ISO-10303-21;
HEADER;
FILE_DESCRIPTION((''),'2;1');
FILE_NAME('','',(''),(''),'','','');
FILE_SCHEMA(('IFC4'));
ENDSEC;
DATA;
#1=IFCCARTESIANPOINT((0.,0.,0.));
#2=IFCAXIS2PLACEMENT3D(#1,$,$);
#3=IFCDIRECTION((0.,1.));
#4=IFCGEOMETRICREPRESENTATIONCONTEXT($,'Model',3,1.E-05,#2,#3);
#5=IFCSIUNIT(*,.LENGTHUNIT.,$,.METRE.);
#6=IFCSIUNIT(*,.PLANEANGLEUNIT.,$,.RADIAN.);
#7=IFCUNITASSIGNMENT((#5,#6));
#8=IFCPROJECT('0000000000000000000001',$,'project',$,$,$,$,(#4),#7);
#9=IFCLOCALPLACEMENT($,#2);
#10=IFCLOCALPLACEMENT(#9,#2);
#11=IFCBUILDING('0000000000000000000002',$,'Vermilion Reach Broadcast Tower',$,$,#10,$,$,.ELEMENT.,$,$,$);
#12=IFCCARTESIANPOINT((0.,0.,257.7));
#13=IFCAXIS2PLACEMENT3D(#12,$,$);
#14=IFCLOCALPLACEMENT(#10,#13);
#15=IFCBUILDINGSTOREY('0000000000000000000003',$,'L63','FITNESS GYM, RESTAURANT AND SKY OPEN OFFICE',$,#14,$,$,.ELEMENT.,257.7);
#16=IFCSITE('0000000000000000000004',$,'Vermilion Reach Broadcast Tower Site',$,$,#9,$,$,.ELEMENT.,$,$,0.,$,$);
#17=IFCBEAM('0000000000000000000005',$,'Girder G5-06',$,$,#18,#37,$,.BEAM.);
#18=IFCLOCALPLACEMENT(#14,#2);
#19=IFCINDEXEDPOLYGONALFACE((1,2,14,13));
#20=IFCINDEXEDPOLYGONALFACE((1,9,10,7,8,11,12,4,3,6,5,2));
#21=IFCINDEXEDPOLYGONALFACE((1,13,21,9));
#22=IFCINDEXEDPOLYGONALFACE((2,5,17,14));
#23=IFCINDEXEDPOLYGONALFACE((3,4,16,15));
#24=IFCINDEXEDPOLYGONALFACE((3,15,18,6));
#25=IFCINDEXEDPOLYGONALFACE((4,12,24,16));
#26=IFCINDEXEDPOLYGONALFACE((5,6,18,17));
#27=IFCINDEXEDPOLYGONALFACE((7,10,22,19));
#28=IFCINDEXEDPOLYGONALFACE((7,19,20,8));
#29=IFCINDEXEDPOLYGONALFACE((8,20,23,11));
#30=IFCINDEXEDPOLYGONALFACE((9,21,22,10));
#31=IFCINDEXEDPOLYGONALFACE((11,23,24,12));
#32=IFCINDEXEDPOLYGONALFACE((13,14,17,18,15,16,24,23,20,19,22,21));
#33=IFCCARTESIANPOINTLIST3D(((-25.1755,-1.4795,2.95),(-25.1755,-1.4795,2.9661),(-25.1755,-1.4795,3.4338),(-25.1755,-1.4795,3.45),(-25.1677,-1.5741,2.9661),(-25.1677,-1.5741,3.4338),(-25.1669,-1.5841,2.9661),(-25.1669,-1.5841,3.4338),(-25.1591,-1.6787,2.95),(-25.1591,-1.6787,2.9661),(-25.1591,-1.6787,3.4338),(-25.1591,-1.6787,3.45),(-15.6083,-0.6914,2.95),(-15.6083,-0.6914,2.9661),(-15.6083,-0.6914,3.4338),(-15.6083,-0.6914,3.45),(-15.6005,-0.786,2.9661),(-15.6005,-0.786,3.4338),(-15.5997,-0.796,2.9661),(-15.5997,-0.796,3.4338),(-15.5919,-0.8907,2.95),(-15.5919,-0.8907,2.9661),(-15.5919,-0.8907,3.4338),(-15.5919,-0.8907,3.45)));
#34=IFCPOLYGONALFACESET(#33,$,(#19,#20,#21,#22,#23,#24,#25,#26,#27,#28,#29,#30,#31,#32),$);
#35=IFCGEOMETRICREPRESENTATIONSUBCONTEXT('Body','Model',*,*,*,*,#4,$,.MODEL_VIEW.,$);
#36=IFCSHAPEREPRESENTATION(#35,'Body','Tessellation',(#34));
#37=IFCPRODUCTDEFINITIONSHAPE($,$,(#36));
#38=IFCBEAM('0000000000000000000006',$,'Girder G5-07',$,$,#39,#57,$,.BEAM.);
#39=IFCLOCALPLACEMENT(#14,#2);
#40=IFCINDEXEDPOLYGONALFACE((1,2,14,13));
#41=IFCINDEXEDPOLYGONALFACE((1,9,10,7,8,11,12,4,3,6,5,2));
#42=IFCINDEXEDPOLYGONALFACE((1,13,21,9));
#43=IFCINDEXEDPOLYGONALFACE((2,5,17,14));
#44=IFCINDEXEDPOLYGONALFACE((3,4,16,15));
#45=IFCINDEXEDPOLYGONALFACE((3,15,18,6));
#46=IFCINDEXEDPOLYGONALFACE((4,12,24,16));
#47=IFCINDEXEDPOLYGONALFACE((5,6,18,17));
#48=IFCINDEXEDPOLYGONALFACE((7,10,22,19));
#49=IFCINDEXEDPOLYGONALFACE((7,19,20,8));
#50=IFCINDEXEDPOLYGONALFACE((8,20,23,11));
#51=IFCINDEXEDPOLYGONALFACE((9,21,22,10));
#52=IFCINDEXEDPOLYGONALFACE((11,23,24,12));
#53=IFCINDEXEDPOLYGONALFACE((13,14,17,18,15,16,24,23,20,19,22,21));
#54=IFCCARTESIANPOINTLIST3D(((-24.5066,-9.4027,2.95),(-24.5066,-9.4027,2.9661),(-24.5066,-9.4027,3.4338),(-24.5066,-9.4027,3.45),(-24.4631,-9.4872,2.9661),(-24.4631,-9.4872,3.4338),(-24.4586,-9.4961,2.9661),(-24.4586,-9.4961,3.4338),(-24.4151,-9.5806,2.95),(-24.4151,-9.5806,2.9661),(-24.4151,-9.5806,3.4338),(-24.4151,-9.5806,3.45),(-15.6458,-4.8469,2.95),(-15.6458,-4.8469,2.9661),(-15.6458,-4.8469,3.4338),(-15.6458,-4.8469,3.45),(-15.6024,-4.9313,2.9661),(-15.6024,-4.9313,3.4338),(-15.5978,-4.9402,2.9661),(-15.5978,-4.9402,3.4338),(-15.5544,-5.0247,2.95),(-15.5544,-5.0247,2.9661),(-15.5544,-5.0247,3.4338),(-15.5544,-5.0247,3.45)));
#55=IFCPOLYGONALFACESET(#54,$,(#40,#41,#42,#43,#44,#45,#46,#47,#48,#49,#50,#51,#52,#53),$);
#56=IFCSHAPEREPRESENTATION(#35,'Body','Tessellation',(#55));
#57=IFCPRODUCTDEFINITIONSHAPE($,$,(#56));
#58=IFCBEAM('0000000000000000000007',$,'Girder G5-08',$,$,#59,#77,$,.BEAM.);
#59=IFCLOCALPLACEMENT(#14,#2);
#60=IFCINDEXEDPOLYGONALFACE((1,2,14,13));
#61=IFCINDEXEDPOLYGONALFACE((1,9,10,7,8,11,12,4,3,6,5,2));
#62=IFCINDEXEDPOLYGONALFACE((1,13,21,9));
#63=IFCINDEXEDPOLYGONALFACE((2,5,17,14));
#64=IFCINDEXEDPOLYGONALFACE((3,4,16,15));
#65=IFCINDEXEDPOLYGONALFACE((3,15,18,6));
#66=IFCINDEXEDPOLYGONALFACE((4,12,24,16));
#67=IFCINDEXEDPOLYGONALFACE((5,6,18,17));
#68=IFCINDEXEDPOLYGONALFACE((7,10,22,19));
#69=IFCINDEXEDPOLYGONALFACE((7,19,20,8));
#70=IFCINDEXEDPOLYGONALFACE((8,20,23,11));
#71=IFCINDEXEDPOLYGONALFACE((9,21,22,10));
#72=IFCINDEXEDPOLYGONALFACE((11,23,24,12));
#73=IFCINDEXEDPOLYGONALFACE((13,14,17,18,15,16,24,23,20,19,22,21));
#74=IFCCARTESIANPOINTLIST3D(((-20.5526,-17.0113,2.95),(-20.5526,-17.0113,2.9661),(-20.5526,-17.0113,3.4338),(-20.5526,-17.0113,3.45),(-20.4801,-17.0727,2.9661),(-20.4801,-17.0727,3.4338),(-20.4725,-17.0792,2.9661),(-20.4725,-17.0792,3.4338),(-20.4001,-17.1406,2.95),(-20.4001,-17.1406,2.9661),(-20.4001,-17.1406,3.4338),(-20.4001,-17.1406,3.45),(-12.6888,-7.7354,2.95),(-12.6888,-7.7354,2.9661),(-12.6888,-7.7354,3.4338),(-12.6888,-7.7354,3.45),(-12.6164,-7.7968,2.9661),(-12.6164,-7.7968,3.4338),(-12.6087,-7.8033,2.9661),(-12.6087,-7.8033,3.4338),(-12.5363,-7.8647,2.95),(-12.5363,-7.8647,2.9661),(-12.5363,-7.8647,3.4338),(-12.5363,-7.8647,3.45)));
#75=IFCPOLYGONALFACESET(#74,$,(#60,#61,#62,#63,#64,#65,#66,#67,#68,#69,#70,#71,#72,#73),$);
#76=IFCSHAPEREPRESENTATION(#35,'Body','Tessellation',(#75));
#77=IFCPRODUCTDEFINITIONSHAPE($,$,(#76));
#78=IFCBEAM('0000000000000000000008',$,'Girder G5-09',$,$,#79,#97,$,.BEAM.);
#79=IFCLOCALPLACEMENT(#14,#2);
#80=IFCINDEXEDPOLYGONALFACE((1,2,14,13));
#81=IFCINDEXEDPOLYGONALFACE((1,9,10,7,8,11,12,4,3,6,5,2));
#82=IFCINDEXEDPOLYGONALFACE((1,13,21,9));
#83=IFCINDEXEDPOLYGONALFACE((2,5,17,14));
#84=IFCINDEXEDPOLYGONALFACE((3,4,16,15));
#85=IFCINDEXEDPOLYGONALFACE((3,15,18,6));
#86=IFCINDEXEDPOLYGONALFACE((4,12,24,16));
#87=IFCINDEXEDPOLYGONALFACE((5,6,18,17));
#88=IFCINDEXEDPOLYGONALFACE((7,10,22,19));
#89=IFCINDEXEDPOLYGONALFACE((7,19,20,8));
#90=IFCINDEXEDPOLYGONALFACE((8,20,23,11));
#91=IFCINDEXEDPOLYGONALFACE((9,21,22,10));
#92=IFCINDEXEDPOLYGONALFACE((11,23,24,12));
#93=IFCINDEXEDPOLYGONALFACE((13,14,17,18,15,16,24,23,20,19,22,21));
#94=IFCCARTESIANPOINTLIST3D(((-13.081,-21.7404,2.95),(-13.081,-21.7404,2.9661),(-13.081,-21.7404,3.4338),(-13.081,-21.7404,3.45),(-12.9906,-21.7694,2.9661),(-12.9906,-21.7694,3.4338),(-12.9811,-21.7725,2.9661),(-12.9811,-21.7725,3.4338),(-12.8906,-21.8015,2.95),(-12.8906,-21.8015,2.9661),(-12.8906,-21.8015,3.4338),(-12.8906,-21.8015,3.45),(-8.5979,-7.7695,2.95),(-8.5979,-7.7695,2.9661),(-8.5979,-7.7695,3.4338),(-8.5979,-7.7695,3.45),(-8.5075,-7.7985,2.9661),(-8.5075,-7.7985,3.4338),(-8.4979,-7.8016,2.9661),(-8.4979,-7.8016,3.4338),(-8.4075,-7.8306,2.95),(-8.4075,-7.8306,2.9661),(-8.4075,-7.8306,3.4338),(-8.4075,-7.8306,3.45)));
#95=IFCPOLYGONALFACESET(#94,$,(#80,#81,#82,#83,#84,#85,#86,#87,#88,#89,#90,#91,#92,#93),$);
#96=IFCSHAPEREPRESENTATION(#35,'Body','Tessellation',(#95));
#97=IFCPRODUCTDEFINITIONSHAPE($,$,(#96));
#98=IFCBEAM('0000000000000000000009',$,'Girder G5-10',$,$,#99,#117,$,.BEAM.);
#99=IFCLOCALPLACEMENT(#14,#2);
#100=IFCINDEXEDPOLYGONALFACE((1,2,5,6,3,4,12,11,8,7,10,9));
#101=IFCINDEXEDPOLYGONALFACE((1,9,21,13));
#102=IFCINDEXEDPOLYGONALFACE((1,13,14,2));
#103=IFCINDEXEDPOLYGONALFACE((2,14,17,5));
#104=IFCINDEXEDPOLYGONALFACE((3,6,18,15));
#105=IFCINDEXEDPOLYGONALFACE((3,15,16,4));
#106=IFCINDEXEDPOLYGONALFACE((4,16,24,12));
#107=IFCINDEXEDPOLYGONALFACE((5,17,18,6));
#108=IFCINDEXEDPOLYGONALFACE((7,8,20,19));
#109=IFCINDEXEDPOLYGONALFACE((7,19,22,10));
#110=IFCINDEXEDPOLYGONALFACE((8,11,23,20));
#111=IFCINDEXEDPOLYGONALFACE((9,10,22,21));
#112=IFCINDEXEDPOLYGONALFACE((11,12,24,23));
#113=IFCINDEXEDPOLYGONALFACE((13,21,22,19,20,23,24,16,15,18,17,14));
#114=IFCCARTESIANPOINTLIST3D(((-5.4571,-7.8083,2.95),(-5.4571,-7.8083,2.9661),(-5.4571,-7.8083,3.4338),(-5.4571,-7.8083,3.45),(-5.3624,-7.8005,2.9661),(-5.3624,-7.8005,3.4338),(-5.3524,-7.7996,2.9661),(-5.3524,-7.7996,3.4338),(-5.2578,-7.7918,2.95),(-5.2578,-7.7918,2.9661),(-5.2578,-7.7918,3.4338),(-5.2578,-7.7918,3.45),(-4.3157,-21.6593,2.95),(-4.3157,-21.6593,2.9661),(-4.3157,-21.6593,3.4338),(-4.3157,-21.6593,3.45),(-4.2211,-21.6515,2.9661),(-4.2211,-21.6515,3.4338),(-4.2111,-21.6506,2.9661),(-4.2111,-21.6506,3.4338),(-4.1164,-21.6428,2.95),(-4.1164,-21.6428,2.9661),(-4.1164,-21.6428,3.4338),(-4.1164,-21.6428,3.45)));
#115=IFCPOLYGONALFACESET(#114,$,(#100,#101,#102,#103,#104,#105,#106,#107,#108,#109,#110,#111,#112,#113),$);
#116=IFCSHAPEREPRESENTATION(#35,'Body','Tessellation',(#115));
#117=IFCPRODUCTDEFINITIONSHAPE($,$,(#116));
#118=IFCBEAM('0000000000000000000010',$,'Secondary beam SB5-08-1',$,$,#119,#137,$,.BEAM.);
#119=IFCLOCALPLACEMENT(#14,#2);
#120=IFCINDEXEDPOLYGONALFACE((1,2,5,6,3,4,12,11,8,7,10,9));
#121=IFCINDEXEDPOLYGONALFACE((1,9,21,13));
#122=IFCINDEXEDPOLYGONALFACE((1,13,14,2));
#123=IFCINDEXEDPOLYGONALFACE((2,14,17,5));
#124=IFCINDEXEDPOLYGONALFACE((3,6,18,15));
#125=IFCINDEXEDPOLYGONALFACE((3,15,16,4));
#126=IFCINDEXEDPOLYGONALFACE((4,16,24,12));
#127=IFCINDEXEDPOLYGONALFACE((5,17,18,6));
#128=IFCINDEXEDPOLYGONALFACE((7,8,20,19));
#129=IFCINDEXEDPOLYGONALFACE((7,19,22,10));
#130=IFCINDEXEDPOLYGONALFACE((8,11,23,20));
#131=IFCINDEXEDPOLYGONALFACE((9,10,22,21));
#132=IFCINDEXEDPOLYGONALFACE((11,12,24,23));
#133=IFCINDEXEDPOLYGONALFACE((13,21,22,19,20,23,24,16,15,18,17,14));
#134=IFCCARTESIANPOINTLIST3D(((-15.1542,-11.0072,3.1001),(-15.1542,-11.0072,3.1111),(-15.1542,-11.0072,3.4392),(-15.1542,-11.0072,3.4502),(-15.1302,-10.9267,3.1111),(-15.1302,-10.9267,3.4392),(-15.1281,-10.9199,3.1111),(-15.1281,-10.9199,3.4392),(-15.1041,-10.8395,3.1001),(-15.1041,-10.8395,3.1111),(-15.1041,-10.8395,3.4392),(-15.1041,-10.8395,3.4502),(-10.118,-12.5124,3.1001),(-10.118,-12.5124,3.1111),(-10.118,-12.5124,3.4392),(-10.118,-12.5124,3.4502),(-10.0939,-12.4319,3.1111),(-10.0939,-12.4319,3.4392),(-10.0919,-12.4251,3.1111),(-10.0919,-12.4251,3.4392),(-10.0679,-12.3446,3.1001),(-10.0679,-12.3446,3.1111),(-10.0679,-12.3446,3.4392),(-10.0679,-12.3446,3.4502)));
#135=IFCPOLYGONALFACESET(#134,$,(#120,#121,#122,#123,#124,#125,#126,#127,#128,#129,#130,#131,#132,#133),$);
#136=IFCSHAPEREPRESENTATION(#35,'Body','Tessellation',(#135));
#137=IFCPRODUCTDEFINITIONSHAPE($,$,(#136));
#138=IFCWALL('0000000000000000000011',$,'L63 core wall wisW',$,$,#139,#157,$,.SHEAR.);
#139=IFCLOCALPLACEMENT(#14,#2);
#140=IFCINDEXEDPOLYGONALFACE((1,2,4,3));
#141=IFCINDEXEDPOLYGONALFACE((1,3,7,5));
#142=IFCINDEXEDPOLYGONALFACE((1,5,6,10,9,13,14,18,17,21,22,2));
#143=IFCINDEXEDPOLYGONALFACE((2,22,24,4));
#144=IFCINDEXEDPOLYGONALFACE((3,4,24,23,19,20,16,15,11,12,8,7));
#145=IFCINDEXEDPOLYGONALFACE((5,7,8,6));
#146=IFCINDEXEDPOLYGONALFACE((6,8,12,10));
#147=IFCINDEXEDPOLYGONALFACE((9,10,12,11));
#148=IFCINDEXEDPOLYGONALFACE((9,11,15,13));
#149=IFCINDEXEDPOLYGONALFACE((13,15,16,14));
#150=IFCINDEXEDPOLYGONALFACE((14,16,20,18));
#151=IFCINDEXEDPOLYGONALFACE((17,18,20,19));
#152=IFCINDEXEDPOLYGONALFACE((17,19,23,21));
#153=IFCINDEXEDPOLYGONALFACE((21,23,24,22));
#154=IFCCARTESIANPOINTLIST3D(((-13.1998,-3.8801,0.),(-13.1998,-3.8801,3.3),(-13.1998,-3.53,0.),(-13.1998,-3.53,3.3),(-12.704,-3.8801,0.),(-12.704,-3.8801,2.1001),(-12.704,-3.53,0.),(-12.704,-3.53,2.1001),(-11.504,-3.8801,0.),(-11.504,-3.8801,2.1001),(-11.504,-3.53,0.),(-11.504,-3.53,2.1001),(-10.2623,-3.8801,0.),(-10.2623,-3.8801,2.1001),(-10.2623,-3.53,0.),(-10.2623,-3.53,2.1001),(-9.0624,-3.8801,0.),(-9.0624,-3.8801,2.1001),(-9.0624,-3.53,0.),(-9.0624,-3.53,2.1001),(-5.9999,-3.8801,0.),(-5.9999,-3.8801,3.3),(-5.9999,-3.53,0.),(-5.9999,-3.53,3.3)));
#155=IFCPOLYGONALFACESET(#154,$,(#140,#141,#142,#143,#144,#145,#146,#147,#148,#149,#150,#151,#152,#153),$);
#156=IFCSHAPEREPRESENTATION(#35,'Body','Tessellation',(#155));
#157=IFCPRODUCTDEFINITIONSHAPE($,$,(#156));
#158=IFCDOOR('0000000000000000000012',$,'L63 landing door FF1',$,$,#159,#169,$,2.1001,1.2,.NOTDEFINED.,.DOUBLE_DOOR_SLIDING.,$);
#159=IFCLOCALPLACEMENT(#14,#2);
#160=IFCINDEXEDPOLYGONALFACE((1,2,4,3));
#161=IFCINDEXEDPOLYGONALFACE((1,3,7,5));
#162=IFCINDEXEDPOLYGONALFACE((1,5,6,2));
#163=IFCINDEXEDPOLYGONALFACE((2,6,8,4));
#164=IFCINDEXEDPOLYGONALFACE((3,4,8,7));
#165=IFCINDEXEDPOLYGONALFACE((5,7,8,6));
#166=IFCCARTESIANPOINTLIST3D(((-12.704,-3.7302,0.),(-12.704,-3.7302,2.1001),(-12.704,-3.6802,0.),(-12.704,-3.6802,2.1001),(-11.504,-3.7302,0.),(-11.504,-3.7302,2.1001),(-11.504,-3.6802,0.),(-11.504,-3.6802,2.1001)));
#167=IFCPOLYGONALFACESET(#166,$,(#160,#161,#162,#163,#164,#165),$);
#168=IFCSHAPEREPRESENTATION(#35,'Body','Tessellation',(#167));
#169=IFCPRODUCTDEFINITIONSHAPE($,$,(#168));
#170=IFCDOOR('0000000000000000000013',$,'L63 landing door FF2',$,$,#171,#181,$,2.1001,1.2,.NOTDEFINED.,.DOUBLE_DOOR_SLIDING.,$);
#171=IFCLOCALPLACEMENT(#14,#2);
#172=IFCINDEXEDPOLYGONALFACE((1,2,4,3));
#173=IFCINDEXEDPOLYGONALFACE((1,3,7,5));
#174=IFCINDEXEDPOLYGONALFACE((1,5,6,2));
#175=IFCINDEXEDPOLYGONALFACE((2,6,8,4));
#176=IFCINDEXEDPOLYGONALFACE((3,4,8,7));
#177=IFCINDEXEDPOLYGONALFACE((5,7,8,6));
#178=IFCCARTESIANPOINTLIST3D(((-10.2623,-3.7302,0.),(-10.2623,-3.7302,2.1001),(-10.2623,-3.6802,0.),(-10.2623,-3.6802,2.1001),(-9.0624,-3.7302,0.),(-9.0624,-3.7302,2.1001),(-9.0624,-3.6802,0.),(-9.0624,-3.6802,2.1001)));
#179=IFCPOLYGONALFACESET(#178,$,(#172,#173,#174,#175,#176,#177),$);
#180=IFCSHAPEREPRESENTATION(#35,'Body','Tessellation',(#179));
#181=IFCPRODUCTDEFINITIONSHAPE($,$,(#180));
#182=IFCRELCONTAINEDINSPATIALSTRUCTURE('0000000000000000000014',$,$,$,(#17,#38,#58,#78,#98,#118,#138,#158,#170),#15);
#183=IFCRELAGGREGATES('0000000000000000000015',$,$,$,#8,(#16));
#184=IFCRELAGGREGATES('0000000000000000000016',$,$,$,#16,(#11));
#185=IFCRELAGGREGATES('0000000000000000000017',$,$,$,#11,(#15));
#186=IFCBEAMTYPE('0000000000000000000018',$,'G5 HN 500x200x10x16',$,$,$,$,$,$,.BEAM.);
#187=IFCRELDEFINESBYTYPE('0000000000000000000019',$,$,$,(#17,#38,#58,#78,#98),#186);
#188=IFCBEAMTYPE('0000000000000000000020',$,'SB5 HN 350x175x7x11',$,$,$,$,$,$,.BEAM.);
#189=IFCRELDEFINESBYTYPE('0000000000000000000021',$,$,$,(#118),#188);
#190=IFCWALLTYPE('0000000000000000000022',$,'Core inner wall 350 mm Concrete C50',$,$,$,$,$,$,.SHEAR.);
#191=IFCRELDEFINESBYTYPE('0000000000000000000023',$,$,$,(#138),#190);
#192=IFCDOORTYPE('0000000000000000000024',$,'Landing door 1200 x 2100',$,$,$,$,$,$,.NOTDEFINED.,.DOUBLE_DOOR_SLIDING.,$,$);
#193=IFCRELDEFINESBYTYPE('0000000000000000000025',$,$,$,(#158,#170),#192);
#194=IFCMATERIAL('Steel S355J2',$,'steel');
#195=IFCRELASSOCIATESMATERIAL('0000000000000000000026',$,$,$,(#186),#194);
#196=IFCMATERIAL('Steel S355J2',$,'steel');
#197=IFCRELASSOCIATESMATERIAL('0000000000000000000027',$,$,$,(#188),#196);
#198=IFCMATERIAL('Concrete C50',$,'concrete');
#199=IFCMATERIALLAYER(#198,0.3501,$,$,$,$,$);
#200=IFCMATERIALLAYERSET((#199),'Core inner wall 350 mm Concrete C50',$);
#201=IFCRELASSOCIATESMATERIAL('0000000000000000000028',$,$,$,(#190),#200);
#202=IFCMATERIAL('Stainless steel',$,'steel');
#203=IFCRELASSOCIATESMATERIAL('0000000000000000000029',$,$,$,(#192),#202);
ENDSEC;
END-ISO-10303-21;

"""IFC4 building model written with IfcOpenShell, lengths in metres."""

from ifc_helpers import new_model, si_unit, direction, frame, frame_2d, origin, origin_2d, place, context, subcontext, project, spatial, rectangle, i_section, extrude, material, layer, layer_set, material_profile, profile_set, type_object, element, fill, save


model = new_model("IFC4")

# Units and contexts
model_context = context("Model", 3, precision=1e-05, world=origin(), true_north=direction((0.0, 1.0)))
body_context = subcontext(model_context, "Body", "Model", "MODEL_VIEW")
ifc_project = project(units=[si_unit("LENGTHUNIT", "METRE"), si_unit("PLANEANGLEUNIT", "RADIAN")], contexts=[model_context])

# Site, building, storey
site_placement = place(None, origin())
site = spatial("IfcSite", under=ifc_project, at=site_placement, Name="Vermilion Reach Broadcast Tower Site", CompositionType="ELEMENT", RefElevation=0.0)
building_placement = place(site_placement, origin())
building = spatial("IfcBuilding", under=site, at=building_placement, Name="Vermilion Reach Broadcast Tower", CompositionType="ELEMENT")
storey_placement = place(building_placement, frame((0.0, 0.0, 257.7)))
storey = spatial("IfcBuildingStorey", under=building, at=storey_placement, Name="L63", Description="FITNESS GYM, RESTAURANT AND SKY OPEN OFFICE", CompositionType="ELEMENT", Elevation=257.7)

# Beams
ifc_material_1 = material(Name="Steel S355J2", Category="steel")
ifc_material_profile_1 = material_profile(ifc_material_1, i_section(OverallWidth=0.2, OverallDepth=0.5, WebThickness=0.01, FlangeThickness=0.0161, at=origin_2d()), Name="S355J2 HN 500x200x10x16")
ifc_profile_set_1 = profile_set([ifc_material_profile_1], Name="Steel S355J2")
beam_type_1 = type_object("IfcBeamType", Name="G5 HN 500x200x10x16", PredefinedType="BEAM", material=ifc_profile_set_1)
beam_1_placement = place(storey_placement, frame((-15.6001, -0.791, 3.2), z_axis=(-0.996624, -0.082096, 0.0), x_axis=(0.082096, -0.996624, 0.0)))
element("IfcBeam", 1, at=beam_1_placement, inside=storey, type_object=beam_type_1, Name="Girder G5-06", PredefinedType="BEAM", context=body_context, shape_type="SweptSolid", body=[
    extrude(i_section(OverallWidth=0.2, OverallDepth=0.5, WebThickness=0.01, FlangeThickness=0.0161, at=origin_2d()), origin(), (0.0, 0.0, 1.0), 9.5996),
])
beam_2_placement = place(storey_placement, frame((-15.6001, -4.9358, 3.2), z_axis=(-0.889333, -0.457261, 0.0), x_axis=(0.457261, -0.889333, 0.0)))
element("IfcBeam", 2, at=beam_2_placement, inside=storey, type_object=beam_type_1, Name="Girder G5-07", PredefinedType="BEAM", context=body_context, shape_type="SweptSolid", body=[
    extrude(i_section(OverallWidth=0.2, OverallDepth=0.5, WebThickness=0.01, FlangeThickness=0.0161, at=origin_2d()), origin(), (0.0, 0.0, 1.0), 9.9634),
])
beam_3_placement = place(storey_placement, frame((-12.6125, -7.8, 3.2), z_axis=(-0.646658, -0.76278, 0.0), x_axis=(0.76278, -0.646658, 0.0)))
element("IfcBeam", 3, at=beam_3_placement, inside=storey, type_object=beam_type_1, Name="Girder G5-08", PredefinedType="BEAM", context=body_context, shape_type="SweptSolid", body=[
    extrude(i_section(OverallWidth=0.2, OverallDepth=0.5, WebThickness=0.01, FlangeThickness=0.0161, at=origin_2d()), origin(), (0.0, 0.0, 1.0), 12.1606),
])
beam_4_placement = place(storey_placement, frame((-8.5027, -7.8, 3.2), z_axis=(-0.305545, -0.952178, 0.0), x_axis=(0.952178, -0.305545, 0.0)))
element("IfcBeam", 4, at=beam_4_placement, inside=storey, type_object=beam_type_1, Name="Girder G5-09", PredefinedType="BEAM", context=body_context, shape_type="SweptSolid", body=[
    extrude(i_section(OverallWidth=0.2, OverallDepth=0.5, WebThickness=0.01, FlangeThickness=0.0161, at=origin_2d()), origin(), (0.0, 0.0, 1.0), 14.6726),
])
beam_5_placement = place(storey_placement, frame((-5.3574, -7.8, 3.2), z_axis=(0.082124, -0.996622, 0.0), x_axis=(0.996622, 0.082124, 0.0)))
element("IfcBeam", 5, at=beam_5_placement, inside=storey, type_object=beam_type_1, Name="Girder G5-10", PredefinedType="BEAM", context=body_context, shape_type="SweptSolid", body=[
    extrude(i_section(OverallWidth=0.2, OverallDepth=0.5, WebThickness=0.01, FlangeThickness=0.0161, at=origin_2d()), origin(), (0.0, 0.0, 1.0), 13.8979),
])
ifc_material_2 = material(Name="Steel S355J2", Category="steel")
ifc_material_profile_2 = material_profile(ifc_material_2, i_section(OverallWidth=0.175, OverallDepth=0.3501, WebThickness=0.0071, FlangeThickness=0.011, at=origin_2d()), Name="S355J2 HN 350x175x7x11")
ifc_profile_set_2 = profile_set([ifc_material_profile_2], Name="Steel S355J2")
beam_type_2 = type_object("IfcBeamType", Name="SB5 HN 350x175x7x11", PredefinedType="BEAM", material=ifc_profile_set_2)
beam_6_placement = place(storey_placement, frame((-15.1292, -10.9233, 3.2751), z_axis=(0.958125, -0.286351, 0.0), x_axis=(0.286351, 0.958125, 0.0)))
element("IfcBeam", 6, at=beam_6_placement, inside=storey, type_object=beam_type_2, Name="Secondary beam SB5-08-1", PredefinedType="BEAM", context=body_context, shape_type="SweptSolid", body=[
    extrude(i_section(OverallWidth=0.175, OverallDepth=0.3501, WebThickness=0.0071, FlangeThickness=0.011, at=origin_2d()), origin(), (0.0, 0.0, 1.0), 5.2563),
])

# Wall, openings, doors
ifc_material_3 = material(Name="Concrete C50", Category="concrete")
ifc_layer_1 = layer(ifc_material_3, 0.3501)
ifc_layer_set_1 = layer_set([ifc_layer_1], Name="Core inner wall 350 mm Concrete C50")
wall_type_1 = type_object("IfcWallType", Name="Core inner wall 350 mm Concrete C50", PredefinedType="SHEAR", material=ifc_layer_set_1)
wall_1_placement = place(storey_placement, frame((-13.2, -3.7051, 0.0), z_axis=(0.0, 0.0, 1.0), x_axis=(1.0, 0.0, 0.0)))
wall_1 = element("IfcWall", 7, at=wall_1_placement, inside=storey, type_object=wall_type_1, Name="L63 core wall wisW", PredefinedType="SHEAR", context=body_context, shape_type="SweptSolid", body=[
    extrude(rectangle(XDim=7.2, YDim=0.3501, at=frame_2d((3.6001, 0.0))), origin(), (0.0, 0.0, 1.0), 3.3),
])
opening_1_placement = place(wall_1_placement, frame((0.4958, 0.0, 0.0)))
opening_1 = element("IfcOpeningElement", 8, at=opening_1_placement, cuts=wall_1, PredefinedType="OPENING", context=body_context, shape_type="SweptSolid", body=[
    extrude(rectangle(XDim=1.2, YDim=2.1001, at=frame_2d((0.6001, 1.05))), frame((0.0, 0.1851, 0.0), z_axis=(0.0, -1.0, 0.0), x_axis=(1.0, 0.0, 0.0)), (0.0, 0.0, 1.0), 0.3701),
])
opening_2_placement = place(wall_1_placement, frame((2.9375, 0.0, 0.0)))
opening_2 = element("IfcOpeningElement", 9, at=opening_2_placement, cuts=wall_1, PredefinedType="OPENING", context=body_context, shape_type="SweptSolid", body=[
    extrude(rectangle(XDim=1.2, YDim=2.1001, at=frame_2d((0.6001, 1.05))), frame((0.0, 0.1851, 0.0), z_axis=(0.0, -1.0, 0.0), x_axis=(1.0, 0.0, 0.0)), (0.0, 0.0, 1.0), 0.3701),
])
ifc_material_4 = material(Name="Stainless steel", Category="steel")
door_type_1 = type_object("IfcDoorType", Name="Landing door 1200 x 2100", OperationType="DOUBLE_DOOR_SLIDING", PredefinedType="NOTDEFINED", material=ifc_material_4)
door_1_placement = place(opening_1_placement, origin())
door_1 = element("IfcDoor", 10, at=door_1_placement, inside=storey, type_object=door_type_1, Name="L63 landing door FF1", OperationType="DOUBLE_DOOR_SLIDING", OverallHeight=2.1001, OverallWidth=1.2, PredefinedType="NOTDEFINED", context=body_context, shape_type="SweptSolid", body=[
    extrude(rectangle(XDim=1.2, YDim=2.1001, at=frame_2d((0.6001, 1.05))), frame((0.0, 0.0249, 0.0), z_axis=(0.0, -1.0, 0.0), x_axis=(1.0, 0.0, 0.0)), (0.0, 0.0, 1.0), 0.05),
])
fill(opening_1, door_1)
door_2_placement = place(opening_2_placement, origin())
door_2 = element("IfcDoor", 11, at=door_2_placement, inside=storey, type_object=door_type_1, Name="L63 landing door FF2", OperationType="DOUBLE_DOOR_SLIDING", OverallHeight=2.1001, OverallWidth=1.2, PredefinedType="NOTDEFINED", context=body_context, shape_type="SweptSolid", body=[
    extrude(rectangle(XDim=1.2, YDim=2.1001, at=frame_2d((0.6001, 1.05))), frame((0.0, 0.0249, 0.0), z_axis=(0.0, -1.0, 0.0), x_axis=(1.0, 0.0, 0.0)), (0.0, 0.0, 1.0), 0.05),
])
fill(opening_2, door_2)

save(model, "model.ifc")
